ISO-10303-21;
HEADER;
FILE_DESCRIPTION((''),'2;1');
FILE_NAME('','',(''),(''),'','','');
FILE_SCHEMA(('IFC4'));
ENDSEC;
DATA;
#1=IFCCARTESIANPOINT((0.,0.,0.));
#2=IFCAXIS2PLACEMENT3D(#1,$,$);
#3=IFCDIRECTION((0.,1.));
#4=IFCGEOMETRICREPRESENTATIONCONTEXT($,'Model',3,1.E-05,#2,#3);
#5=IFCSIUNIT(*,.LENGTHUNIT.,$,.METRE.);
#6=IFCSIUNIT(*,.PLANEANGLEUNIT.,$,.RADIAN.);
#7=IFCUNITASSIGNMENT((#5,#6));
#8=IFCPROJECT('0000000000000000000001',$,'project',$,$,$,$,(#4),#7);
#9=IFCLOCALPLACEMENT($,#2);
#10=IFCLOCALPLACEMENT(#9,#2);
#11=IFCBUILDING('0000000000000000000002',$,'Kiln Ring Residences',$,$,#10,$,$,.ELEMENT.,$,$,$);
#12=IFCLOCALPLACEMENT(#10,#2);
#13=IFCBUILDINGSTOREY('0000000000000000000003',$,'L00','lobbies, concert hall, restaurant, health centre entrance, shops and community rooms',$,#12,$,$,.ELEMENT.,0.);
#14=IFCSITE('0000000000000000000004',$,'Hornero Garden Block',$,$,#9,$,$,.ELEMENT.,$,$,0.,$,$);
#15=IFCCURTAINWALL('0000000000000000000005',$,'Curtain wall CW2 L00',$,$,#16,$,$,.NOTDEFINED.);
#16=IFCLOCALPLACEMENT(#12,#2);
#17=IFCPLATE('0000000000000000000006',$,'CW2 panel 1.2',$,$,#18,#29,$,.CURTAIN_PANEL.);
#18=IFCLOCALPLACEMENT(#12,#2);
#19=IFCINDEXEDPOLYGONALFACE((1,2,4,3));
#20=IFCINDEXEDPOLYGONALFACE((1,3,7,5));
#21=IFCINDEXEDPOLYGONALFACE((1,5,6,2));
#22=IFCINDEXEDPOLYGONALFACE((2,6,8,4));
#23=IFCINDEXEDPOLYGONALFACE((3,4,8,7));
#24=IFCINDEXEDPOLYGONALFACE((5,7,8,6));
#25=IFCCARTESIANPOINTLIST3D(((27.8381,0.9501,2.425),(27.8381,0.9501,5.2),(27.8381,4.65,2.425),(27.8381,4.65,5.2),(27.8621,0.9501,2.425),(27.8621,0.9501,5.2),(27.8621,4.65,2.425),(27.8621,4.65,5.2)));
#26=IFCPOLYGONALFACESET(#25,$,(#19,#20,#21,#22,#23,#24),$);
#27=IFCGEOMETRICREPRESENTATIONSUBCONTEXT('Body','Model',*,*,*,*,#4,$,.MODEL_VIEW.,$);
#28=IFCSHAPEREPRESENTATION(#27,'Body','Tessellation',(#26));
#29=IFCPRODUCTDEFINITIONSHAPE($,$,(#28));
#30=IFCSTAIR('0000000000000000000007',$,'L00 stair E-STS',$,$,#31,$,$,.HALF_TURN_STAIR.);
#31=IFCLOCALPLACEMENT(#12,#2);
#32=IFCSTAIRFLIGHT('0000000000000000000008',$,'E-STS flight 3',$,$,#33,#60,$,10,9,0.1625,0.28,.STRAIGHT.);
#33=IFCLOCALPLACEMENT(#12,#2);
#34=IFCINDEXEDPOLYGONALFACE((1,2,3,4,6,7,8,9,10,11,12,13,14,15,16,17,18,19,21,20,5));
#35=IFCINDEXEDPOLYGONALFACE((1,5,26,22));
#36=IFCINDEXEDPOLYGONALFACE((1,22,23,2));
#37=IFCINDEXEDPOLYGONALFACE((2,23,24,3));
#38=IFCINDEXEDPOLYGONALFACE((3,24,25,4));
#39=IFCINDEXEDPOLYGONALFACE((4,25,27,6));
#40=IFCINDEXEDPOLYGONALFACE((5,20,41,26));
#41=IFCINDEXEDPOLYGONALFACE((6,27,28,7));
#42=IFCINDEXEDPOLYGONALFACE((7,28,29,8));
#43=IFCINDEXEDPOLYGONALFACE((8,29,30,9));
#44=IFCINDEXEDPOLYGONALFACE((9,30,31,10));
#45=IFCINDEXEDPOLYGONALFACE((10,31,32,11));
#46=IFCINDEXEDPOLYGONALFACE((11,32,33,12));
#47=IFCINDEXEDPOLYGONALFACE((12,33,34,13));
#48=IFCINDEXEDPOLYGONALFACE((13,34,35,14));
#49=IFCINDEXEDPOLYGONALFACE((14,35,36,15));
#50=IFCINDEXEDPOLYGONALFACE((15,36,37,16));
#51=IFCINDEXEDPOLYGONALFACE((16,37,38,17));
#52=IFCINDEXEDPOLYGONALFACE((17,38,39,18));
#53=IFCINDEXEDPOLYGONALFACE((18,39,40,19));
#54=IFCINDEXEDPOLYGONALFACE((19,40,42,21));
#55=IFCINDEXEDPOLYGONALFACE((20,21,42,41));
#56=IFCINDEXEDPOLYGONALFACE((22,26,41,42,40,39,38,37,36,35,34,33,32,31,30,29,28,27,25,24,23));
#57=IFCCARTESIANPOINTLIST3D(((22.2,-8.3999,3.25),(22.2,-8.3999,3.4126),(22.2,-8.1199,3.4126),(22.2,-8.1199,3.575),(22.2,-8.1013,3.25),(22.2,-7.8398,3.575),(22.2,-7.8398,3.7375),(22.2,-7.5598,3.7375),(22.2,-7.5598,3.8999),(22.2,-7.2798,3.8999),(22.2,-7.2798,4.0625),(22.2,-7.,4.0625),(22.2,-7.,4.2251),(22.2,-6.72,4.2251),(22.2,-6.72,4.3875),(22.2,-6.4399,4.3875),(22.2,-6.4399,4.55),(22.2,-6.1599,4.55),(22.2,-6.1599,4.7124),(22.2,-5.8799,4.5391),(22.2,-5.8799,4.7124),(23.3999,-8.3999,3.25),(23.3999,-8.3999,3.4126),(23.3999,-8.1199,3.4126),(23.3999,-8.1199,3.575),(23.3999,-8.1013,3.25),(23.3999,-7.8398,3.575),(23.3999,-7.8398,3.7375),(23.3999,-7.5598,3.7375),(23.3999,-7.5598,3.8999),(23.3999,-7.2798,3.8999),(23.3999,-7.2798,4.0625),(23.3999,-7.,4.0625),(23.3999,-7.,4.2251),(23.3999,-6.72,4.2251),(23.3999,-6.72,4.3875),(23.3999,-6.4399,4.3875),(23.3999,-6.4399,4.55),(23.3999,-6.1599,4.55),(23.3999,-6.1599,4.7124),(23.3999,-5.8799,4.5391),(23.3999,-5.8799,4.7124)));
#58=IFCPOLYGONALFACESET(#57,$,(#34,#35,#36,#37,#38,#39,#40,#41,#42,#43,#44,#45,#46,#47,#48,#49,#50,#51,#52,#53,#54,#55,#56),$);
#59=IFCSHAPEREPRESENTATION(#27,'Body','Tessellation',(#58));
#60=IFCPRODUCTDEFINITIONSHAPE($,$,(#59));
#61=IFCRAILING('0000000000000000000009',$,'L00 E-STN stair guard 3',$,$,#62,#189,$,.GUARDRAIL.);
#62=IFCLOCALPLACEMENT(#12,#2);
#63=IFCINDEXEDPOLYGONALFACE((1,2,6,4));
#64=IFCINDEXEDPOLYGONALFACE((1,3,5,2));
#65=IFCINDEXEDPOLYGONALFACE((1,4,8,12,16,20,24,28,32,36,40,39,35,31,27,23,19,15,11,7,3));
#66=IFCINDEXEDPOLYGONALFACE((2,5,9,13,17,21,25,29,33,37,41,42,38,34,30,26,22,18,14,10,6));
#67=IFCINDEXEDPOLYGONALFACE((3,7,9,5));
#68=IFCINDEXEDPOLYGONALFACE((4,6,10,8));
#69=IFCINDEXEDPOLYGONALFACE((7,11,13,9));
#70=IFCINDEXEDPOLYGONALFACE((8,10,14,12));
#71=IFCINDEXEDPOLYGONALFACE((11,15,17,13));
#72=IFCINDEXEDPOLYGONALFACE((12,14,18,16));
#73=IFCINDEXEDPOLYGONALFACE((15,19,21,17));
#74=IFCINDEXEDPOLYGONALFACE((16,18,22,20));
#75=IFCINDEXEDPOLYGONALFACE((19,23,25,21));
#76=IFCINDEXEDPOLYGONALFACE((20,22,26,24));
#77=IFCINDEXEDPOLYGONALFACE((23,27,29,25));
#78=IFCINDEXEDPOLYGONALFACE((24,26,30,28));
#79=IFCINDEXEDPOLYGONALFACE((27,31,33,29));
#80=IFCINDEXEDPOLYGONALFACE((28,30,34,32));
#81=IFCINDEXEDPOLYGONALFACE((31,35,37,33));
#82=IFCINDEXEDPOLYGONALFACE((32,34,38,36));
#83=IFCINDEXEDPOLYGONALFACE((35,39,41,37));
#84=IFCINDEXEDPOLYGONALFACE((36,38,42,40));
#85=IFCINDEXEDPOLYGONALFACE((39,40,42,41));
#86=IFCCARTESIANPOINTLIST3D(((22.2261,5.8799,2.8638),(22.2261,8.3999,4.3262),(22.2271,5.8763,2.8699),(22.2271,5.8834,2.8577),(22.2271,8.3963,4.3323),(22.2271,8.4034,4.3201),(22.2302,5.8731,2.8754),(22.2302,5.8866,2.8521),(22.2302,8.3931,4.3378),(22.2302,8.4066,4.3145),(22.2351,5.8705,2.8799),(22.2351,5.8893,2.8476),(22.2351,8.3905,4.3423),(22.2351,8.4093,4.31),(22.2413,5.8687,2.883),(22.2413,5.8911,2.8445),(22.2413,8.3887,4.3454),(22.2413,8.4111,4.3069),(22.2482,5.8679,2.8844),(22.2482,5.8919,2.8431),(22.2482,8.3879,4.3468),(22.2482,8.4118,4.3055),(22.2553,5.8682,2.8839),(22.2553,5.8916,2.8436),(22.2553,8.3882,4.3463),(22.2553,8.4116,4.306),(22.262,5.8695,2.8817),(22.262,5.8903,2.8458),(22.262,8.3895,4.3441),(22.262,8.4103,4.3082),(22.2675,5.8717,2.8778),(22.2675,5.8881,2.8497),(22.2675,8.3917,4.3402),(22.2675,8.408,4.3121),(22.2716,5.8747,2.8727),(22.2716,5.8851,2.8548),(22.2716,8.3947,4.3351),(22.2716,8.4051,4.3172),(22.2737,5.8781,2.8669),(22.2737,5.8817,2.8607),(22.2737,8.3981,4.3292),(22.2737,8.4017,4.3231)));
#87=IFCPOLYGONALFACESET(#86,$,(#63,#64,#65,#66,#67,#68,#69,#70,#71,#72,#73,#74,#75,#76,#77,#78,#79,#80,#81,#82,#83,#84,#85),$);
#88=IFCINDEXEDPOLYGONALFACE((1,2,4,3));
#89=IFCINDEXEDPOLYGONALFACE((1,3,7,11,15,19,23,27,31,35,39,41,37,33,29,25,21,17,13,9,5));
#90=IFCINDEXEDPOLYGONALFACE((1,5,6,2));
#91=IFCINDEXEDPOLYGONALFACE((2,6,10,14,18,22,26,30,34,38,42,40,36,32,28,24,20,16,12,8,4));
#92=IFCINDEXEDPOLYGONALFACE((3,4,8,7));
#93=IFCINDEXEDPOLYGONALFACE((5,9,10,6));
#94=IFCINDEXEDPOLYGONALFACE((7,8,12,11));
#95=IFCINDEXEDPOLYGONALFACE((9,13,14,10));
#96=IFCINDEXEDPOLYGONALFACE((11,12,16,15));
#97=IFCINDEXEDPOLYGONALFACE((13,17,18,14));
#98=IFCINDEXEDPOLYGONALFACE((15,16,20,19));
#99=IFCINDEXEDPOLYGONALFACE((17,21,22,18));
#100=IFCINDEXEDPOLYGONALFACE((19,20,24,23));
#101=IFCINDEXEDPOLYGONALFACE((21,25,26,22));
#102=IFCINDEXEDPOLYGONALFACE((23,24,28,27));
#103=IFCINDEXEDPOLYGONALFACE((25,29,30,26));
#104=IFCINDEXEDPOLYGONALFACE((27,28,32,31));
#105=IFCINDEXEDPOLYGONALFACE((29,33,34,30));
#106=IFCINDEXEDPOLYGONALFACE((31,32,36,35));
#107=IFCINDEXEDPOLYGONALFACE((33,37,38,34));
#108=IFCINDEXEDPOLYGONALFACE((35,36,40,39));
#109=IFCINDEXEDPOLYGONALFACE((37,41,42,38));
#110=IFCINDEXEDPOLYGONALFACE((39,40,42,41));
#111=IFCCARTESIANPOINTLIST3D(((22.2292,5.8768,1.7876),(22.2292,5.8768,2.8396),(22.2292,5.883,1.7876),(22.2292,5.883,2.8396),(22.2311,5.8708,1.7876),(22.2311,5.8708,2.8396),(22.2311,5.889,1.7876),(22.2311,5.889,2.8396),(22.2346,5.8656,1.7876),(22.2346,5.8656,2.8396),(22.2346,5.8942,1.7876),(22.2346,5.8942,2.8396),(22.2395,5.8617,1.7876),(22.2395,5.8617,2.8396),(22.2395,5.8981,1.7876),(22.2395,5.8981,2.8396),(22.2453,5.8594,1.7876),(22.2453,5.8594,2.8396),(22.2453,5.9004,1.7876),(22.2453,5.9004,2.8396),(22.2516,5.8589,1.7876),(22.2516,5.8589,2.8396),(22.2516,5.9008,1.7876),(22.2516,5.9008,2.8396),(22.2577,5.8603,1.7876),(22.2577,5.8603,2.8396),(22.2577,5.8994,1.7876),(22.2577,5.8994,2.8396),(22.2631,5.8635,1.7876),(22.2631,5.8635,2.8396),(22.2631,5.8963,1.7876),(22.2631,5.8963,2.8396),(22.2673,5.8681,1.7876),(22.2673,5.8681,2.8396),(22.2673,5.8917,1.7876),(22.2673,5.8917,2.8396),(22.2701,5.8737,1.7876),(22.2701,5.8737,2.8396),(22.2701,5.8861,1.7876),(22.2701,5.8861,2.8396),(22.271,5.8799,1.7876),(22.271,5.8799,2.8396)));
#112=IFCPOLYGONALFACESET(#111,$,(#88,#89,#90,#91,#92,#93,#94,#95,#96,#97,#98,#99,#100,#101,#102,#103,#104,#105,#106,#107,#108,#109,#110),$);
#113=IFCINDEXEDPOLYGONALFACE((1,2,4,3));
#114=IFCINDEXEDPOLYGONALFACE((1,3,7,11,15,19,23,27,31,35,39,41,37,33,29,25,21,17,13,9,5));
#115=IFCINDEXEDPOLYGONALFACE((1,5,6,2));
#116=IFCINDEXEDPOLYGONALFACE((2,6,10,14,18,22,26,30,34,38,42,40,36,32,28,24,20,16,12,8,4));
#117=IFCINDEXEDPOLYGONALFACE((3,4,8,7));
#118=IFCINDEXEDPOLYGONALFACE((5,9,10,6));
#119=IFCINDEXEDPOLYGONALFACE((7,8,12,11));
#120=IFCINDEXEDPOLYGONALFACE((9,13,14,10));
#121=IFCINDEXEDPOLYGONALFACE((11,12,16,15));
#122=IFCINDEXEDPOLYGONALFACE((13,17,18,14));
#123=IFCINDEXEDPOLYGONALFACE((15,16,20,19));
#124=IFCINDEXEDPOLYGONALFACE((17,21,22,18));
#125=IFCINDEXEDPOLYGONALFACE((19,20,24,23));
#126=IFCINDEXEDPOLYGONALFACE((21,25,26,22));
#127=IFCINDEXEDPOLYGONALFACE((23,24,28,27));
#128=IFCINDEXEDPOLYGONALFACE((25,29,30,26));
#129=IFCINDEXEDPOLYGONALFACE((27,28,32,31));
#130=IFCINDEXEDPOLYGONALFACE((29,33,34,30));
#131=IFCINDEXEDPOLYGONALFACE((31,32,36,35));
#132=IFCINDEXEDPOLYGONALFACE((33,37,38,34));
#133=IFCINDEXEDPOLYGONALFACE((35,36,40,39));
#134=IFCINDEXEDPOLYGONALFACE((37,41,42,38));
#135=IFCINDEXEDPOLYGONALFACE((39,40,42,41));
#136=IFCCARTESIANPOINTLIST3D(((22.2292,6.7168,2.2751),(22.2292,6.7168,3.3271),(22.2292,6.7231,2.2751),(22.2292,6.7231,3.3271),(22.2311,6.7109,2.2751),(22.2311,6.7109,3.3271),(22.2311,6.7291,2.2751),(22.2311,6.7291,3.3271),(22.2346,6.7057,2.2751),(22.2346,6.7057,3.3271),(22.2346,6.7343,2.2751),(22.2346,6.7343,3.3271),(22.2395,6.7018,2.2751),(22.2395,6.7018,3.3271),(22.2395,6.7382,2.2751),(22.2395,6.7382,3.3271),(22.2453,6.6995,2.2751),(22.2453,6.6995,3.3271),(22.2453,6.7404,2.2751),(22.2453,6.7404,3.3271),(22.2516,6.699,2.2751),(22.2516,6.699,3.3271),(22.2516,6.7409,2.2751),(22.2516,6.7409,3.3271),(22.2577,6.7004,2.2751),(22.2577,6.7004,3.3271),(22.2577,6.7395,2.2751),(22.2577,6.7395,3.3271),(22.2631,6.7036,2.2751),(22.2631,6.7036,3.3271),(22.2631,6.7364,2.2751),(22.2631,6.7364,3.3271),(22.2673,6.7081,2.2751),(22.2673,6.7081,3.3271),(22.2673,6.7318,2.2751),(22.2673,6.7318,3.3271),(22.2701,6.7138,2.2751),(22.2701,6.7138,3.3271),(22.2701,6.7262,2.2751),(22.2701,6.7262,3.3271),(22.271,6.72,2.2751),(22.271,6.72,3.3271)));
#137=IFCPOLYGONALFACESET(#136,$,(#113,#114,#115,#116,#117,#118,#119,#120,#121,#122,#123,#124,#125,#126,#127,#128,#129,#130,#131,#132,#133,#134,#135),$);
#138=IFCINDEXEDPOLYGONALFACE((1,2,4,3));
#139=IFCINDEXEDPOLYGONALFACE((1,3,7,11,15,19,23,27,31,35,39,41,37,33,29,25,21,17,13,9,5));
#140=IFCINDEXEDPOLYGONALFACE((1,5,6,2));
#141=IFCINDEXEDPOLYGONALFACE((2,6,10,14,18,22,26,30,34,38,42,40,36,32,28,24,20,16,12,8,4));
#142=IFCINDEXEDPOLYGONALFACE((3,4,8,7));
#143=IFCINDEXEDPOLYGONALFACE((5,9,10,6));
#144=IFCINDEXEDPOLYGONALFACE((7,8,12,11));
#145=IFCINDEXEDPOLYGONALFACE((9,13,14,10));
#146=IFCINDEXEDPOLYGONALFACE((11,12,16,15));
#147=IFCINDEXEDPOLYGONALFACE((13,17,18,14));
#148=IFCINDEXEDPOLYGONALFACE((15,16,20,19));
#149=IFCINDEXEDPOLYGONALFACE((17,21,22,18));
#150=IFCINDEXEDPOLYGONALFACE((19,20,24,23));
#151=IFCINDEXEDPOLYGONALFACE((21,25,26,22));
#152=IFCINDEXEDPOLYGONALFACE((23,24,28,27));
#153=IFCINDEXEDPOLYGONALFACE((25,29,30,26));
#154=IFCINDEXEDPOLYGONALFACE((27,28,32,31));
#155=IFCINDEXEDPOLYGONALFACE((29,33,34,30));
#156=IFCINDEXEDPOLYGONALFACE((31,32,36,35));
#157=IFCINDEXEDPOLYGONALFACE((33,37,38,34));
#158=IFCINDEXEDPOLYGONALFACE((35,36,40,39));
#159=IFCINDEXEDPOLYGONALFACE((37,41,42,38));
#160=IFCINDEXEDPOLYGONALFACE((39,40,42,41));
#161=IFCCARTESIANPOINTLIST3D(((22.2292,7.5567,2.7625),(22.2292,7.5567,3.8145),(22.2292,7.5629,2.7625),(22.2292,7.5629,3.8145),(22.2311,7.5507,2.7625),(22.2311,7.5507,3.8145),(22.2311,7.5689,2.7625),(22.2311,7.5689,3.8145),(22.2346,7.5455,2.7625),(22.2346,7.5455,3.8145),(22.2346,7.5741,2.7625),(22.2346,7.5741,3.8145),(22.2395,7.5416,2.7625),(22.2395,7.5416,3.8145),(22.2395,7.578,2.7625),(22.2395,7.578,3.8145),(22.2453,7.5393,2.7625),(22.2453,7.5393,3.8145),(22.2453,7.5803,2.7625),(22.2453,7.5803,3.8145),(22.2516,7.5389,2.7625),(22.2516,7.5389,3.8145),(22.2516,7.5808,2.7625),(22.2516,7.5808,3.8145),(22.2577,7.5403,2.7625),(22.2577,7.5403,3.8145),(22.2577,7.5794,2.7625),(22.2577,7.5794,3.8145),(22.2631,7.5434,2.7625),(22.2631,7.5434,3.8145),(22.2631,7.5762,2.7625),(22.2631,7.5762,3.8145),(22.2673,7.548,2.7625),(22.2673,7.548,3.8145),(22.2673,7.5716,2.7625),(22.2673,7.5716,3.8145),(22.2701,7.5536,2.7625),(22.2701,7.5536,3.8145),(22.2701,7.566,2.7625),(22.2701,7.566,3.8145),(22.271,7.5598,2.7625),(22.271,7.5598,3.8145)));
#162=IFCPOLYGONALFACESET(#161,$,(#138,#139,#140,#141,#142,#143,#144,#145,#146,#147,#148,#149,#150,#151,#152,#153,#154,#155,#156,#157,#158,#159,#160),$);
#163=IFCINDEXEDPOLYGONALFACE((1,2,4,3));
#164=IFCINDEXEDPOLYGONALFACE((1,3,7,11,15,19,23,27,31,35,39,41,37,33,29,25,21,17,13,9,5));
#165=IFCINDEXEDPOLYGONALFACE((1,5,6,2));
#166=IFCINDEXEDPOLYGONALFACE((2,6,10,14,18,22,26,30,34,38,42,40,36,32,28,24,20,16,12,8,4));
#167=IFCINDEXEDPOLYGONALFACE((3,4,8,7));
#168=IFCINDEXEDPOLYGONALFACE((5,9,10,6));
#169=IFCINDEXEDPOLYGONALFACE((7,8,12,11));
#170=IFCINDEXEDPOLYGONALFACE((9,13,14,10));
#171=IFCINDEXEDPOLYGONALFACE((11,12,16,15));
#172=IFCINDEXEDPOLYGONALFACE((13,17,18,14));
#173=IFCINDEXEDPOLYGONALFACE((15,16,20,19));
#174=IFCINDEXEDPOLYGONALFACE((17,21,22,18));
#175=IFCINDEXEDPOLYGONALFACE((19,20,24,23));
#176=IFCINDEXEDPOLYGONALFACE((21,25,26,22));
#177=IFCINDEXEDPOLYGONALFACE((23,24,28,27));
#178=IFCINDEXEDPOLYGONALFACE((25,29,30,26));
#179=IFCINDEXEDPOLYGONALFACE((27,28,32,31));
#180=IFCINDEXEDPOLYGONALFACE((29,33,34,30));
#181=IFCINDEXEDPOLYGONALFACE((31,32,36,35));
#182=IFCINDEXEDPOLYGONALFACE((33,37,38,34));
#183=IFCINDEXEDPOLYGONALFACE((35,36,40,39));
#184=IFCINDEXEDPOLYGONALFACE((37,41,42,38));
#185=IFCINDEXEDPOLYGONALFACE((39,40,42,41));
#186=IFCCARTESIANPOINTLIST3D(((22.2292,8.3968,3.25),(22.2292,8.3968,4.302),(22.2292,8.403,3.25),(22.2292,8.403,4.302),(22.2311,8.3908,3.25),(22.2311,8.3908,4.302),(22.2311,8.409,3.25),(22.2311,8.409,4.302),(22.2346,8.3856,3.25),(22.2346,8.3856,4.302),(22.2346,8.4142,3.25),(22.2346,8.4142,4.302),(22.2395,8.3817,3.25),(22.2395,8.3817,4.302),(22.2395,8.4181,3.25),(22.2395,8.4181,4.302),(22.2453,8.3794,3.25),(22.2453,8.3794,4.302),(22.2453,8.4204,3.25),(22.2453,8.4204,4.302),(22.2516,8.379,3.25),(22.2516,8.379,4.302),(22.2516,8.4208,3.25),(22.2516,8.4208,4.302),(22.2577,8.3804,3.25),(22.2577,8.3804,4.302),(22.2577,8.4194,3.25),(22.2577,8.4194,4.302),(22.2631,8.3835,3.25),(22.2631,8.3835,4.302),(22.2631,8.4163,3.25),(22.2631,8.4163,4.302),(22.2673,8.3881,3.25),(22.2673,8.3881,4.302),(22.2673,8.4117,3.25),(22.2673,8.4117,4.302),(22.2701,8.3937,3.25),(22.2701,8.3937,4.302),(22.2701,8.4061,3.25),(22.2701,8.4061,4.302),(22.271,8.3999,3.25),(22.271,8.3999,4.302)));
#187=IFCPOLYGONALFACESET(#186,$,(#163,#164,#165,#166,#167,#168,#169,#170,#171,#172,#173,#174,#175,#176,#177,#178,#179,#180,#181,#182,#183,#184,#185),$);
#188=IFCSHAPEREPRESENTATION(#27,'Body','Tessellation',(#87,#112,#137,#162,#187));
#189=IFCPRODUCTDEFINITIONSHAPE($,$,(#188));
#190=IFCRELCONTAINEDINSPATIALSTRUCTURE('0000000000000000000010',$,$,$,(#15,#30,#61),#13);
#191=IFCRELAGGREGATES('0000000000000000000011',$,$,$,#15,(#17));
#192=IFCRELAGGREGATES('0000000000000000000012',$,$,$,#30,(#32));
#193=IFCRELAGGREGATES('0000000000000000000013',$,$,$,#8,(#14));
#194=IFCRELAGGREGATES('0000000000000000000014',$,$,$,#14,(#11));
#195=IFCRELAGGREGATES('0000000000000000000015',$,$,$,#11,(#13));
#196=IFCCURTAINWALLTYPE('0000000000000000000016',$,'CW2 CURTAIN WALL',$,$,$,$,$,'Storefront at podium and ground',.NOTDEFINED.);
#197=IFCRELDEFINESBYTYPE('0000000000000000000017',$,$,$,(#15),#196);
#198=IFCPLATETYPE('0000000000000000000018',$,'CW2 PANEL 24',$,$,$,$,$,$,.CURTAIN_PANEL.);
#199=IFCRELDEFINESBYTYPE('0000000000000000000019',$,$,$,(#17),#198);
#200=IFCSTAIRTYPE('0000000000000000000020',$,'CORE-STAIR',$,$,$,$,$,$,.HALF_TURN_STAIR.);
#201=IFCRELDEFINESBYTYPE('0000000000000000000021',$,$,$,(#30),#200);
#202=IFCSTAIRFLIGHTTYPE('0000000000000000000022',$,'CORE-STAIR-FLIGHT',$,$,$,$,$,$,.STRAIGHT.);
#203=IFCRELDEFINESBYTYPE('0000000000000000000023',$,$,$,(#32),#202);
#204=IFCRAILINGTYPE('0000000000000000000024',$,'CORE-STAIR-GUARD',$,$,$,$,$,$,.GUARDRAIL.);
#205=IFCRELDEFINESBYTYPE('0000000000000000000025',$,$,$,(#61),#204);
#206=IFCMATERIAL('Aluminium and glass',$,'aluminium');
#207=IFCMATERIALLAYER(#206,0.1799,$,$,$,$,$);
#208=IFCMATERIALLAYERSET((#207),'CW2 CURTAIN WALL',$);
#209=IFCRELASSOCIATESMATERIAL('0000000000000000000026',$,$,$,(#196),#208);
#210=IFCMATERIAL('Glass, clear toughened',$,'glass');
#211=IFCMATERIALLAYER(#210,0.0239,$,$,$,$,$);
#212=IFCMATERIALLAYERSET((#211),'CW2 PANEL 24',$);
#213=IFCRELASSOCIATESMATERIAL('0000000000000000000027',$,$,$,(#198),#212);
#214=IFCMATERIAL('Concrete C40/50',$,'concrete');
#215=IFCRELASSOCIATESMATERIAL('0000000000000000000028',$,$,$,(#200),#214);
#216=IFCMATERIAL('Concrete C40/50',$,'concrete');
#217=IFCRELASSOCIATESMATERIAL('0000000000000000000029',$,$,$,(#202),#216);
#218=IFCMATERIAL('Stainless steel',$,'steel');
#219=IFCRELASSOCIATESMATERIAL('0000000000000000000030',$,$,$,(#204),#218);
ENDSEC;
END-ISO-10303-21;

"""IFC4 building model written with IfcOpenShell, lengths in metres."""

from ifc_helpers import new_model, si_unit, direction, frame, origin, origin_2d, place, context, subcontext, project, spatial, polyline, rectangle, circle, outline, extrude, material, layer, layer_set, type_object, element, aggregate, save


model = new_model("IFC4")

# Units and contexts
model_context = context("Model", 3, precision=1e-05, world=origin(), true_north=direction((0.0, 1.0)))
body_context = subcontext(model_context, "Body", "Model", "MODEL_VIEW")
ifc_project = project(units=[si_unit("LENGTHUNIT", "METRE"), si_unit("PLANEANGLEUNIT", "RADIAN")], contexts=[model_context])

# Site, building, storey
site_placement = place(None, origin())
site = spatial("IfcSite", under=ifc_project, at=site_placement, Name="Hornero Garden Block", CompositionType="ELEMENT", RefElevation=0.0)
building_placement = place(site_placement, origin())
building = spatial("IfcBuilding", under=site, at=building_placement, Name="Kiln Ring Residences", CompositionType="ELEMENT")
storey_placement = place(building_placement, origin())
storey = spatial("IfcBuildingStorey", under=building, at=storey_placement, Name="L00", Description="lobbies, concert hall, restaurant, health centre entrance, shops and community rooms", CompositionType="ELEMENT", Elevation=0.0)

# Curtain wall
ifc_material_1 = material(Name="Aluminium and glass", Category="aluminium")
ifc_layer_1 = layer(ifc_material_1, 0.1799)
ifc_layer_set_1 = layer_set([ifc_layer_1], Name="CW2 CURTAIN WALL")
curtain_wall_type = type_object("IfcCurtainWallType", Name="CW2 CURTAIN WALL", ElementType="Storefront at podium and ground", PredefinedType="NOTDEFINED", material=ifc_layer_set_1)
placement = place(storey_placement, origin())
curtain_wall_1 = element("IfcCurtainWall", 1, at=placement, inside=storey, type_object=curtain_wall_type, Name="Curtain wall CW2 L00", PredefinedType="NOTDEFINED")

# Shared definitions
ifc_material_2 = material(Name="Glass, clear toughened", Category="glass")
ifc_layer_2 = layer(ifc_material_2, 0.0239)
ifc_layer_set_2 = layer_set([ifc_layer_2], Name="CW2 PANEL 24")
plate_type = type_object("IfcPlateType", Name="CW2 PANEL 24", PredefinedType="CURTAIN_PANEL", material=ifc_layer_set_2)

# Plate
plate_1_placement = place(storey_placement, frame((27.8501, 2.8, 2.425), z_axis=(0.0, 0.0, 1.0), x_axis=(0.0, 1.0, 0.0)))
plate_1 = element("IfcPlate", 2, at=plate_1_placement, type_object=plate_type, Name="CW2 panel 1.2", PredefinedType="CURTAIN_PANEL", context=body_context, shape_type="SweptSolid", body=[
    extrude(rectangle(XDim=3.7, YDim=0.0239, at=origin_2d()), origin(), (0.0, 0.0, 1.0), 2.7749),
])
aggregate(curtain_wall_1, [plate_1])

# Stair, stair flight
ifc_material_3 = material(Name="Concrete C40/50", Category="concrete")
stair_type = type_object("IfcStairType", Name="CORE-STAIR", PredefinedType="HALF_TURN_STAIR", material=ifc_material_3)
stair = element("IfcStair", 3, at=placement, inside=storey, type_object=stair_type, Name="L00 stair E-STS", PredefinedType="HALF_TURN_STAIR")
ifc_material_4 = material(Name="Concrete C40/50", Category="concrete")
stair_flight_type = type_object("IfcStairFlightType", Name="CORE-STAIR-FLIGHT", PredefinedType="STRAIGHT", material=ifc_material_4)
stair_flight_placement = place(storey_placement, frame((22.8, -8.3999, 3.25), z_axis=(0.0, 0.0, 1.0), x_axis=(0.0, 1.0, 0.0)))
stair_flight = element("IfcStairFlight", 4, at=stair_flight_placement, type_object=stair_flight_type, Name="E-STS flight 3", NumberOfRisers=10, NumberOfTreads=9, PredefinedType="STRAIGHT", RiserHeight=0.1625, TreadLength=0.28, context=body_context, shape_type="SweptSolid", body=[
    extrude(outline(polyline([(0.0, 0.0), (0.0, 0.1626), (0.28, 0.1626), (0.28, 0.325), (0.5601, 0.325), (0.5601, 0.4875), (0.8401, 0.4875), (0.8401, 0.6499), (1.1201, 0.6499), (1.1201, 0.8125), (1.3999, 0.8125), (1.3999, 0.9751), (1.6799, 0.9751), (1.6799, 1.1375), (1.96, 1.1375), (1.96, 1.3), (2.24, 1.3), (2.24, 1.4624), (2.52, 1.4624), (2.52, 1.625), (2.52, 1.2891), (0.2986, 0.0), (0.0, 0.0)])), frame((0.0, 0.6001, 0.0), z_axis=(0.0, -1.0, 0.0), x_axis=(1.0, 0.0, 0.0)), (0.0, 0.0, 1.0), 1.2),
])
aggregate(stair, [stair_flight])

# Railing
ifc_material_5 = material(Name="Stainless steel", Category="steel")
railing_type_1 = type_object("IfcRailingType", Name="CORE-STAIR-GUARD", PredefinedType="GUARDRAIL", material=ifc_material_5)
for number, where, name in (
    (5, (22.25, 5.8799, 1.7876), "L00 E-STN stair guard 3"),
):
    element("IfcRailing", number, at=place(storey_placement, frame(where)), inside=storey, type_object=railing_type_1, Name=name, PredefinedType="GUARDRAIL", context=body_context, shape_type="SweptSolid", body=[
        extrude(circle(Radius=0.0239, at=origin_2d()), frame((0.0, 0.0, 1.0762), z_axis=(0.0, 0.864913, 0.501921), x_axis=(-1.0, 0.0, 0.0)), (0.0, 0.0, 1.0), 2.9136),
        extrude(circle(Radius=0.021, at=origin_2d()), origin(), (0.0, 0.0, 1.0), 1.052),
        extrude(circle(Radius=0.021, at=origin_2d()), frame((0.0, 0.8401, 0.4875)), (0.0, 0.0, 1.0), 1.052),
        extrude(circle(Radius=0.021, at=origin_2d()), frame((0.0, 1.6799, 0.9749)), (0.0, 0.0, 1.0), 1.052),
        extrude(circle(Radius=0.021, at=origin_2d()), frame((0.0, 2.52, 1.4624)), (0.0, 0.0, 1.0), 1.052),
    ])

save(model, "model.ifc")
